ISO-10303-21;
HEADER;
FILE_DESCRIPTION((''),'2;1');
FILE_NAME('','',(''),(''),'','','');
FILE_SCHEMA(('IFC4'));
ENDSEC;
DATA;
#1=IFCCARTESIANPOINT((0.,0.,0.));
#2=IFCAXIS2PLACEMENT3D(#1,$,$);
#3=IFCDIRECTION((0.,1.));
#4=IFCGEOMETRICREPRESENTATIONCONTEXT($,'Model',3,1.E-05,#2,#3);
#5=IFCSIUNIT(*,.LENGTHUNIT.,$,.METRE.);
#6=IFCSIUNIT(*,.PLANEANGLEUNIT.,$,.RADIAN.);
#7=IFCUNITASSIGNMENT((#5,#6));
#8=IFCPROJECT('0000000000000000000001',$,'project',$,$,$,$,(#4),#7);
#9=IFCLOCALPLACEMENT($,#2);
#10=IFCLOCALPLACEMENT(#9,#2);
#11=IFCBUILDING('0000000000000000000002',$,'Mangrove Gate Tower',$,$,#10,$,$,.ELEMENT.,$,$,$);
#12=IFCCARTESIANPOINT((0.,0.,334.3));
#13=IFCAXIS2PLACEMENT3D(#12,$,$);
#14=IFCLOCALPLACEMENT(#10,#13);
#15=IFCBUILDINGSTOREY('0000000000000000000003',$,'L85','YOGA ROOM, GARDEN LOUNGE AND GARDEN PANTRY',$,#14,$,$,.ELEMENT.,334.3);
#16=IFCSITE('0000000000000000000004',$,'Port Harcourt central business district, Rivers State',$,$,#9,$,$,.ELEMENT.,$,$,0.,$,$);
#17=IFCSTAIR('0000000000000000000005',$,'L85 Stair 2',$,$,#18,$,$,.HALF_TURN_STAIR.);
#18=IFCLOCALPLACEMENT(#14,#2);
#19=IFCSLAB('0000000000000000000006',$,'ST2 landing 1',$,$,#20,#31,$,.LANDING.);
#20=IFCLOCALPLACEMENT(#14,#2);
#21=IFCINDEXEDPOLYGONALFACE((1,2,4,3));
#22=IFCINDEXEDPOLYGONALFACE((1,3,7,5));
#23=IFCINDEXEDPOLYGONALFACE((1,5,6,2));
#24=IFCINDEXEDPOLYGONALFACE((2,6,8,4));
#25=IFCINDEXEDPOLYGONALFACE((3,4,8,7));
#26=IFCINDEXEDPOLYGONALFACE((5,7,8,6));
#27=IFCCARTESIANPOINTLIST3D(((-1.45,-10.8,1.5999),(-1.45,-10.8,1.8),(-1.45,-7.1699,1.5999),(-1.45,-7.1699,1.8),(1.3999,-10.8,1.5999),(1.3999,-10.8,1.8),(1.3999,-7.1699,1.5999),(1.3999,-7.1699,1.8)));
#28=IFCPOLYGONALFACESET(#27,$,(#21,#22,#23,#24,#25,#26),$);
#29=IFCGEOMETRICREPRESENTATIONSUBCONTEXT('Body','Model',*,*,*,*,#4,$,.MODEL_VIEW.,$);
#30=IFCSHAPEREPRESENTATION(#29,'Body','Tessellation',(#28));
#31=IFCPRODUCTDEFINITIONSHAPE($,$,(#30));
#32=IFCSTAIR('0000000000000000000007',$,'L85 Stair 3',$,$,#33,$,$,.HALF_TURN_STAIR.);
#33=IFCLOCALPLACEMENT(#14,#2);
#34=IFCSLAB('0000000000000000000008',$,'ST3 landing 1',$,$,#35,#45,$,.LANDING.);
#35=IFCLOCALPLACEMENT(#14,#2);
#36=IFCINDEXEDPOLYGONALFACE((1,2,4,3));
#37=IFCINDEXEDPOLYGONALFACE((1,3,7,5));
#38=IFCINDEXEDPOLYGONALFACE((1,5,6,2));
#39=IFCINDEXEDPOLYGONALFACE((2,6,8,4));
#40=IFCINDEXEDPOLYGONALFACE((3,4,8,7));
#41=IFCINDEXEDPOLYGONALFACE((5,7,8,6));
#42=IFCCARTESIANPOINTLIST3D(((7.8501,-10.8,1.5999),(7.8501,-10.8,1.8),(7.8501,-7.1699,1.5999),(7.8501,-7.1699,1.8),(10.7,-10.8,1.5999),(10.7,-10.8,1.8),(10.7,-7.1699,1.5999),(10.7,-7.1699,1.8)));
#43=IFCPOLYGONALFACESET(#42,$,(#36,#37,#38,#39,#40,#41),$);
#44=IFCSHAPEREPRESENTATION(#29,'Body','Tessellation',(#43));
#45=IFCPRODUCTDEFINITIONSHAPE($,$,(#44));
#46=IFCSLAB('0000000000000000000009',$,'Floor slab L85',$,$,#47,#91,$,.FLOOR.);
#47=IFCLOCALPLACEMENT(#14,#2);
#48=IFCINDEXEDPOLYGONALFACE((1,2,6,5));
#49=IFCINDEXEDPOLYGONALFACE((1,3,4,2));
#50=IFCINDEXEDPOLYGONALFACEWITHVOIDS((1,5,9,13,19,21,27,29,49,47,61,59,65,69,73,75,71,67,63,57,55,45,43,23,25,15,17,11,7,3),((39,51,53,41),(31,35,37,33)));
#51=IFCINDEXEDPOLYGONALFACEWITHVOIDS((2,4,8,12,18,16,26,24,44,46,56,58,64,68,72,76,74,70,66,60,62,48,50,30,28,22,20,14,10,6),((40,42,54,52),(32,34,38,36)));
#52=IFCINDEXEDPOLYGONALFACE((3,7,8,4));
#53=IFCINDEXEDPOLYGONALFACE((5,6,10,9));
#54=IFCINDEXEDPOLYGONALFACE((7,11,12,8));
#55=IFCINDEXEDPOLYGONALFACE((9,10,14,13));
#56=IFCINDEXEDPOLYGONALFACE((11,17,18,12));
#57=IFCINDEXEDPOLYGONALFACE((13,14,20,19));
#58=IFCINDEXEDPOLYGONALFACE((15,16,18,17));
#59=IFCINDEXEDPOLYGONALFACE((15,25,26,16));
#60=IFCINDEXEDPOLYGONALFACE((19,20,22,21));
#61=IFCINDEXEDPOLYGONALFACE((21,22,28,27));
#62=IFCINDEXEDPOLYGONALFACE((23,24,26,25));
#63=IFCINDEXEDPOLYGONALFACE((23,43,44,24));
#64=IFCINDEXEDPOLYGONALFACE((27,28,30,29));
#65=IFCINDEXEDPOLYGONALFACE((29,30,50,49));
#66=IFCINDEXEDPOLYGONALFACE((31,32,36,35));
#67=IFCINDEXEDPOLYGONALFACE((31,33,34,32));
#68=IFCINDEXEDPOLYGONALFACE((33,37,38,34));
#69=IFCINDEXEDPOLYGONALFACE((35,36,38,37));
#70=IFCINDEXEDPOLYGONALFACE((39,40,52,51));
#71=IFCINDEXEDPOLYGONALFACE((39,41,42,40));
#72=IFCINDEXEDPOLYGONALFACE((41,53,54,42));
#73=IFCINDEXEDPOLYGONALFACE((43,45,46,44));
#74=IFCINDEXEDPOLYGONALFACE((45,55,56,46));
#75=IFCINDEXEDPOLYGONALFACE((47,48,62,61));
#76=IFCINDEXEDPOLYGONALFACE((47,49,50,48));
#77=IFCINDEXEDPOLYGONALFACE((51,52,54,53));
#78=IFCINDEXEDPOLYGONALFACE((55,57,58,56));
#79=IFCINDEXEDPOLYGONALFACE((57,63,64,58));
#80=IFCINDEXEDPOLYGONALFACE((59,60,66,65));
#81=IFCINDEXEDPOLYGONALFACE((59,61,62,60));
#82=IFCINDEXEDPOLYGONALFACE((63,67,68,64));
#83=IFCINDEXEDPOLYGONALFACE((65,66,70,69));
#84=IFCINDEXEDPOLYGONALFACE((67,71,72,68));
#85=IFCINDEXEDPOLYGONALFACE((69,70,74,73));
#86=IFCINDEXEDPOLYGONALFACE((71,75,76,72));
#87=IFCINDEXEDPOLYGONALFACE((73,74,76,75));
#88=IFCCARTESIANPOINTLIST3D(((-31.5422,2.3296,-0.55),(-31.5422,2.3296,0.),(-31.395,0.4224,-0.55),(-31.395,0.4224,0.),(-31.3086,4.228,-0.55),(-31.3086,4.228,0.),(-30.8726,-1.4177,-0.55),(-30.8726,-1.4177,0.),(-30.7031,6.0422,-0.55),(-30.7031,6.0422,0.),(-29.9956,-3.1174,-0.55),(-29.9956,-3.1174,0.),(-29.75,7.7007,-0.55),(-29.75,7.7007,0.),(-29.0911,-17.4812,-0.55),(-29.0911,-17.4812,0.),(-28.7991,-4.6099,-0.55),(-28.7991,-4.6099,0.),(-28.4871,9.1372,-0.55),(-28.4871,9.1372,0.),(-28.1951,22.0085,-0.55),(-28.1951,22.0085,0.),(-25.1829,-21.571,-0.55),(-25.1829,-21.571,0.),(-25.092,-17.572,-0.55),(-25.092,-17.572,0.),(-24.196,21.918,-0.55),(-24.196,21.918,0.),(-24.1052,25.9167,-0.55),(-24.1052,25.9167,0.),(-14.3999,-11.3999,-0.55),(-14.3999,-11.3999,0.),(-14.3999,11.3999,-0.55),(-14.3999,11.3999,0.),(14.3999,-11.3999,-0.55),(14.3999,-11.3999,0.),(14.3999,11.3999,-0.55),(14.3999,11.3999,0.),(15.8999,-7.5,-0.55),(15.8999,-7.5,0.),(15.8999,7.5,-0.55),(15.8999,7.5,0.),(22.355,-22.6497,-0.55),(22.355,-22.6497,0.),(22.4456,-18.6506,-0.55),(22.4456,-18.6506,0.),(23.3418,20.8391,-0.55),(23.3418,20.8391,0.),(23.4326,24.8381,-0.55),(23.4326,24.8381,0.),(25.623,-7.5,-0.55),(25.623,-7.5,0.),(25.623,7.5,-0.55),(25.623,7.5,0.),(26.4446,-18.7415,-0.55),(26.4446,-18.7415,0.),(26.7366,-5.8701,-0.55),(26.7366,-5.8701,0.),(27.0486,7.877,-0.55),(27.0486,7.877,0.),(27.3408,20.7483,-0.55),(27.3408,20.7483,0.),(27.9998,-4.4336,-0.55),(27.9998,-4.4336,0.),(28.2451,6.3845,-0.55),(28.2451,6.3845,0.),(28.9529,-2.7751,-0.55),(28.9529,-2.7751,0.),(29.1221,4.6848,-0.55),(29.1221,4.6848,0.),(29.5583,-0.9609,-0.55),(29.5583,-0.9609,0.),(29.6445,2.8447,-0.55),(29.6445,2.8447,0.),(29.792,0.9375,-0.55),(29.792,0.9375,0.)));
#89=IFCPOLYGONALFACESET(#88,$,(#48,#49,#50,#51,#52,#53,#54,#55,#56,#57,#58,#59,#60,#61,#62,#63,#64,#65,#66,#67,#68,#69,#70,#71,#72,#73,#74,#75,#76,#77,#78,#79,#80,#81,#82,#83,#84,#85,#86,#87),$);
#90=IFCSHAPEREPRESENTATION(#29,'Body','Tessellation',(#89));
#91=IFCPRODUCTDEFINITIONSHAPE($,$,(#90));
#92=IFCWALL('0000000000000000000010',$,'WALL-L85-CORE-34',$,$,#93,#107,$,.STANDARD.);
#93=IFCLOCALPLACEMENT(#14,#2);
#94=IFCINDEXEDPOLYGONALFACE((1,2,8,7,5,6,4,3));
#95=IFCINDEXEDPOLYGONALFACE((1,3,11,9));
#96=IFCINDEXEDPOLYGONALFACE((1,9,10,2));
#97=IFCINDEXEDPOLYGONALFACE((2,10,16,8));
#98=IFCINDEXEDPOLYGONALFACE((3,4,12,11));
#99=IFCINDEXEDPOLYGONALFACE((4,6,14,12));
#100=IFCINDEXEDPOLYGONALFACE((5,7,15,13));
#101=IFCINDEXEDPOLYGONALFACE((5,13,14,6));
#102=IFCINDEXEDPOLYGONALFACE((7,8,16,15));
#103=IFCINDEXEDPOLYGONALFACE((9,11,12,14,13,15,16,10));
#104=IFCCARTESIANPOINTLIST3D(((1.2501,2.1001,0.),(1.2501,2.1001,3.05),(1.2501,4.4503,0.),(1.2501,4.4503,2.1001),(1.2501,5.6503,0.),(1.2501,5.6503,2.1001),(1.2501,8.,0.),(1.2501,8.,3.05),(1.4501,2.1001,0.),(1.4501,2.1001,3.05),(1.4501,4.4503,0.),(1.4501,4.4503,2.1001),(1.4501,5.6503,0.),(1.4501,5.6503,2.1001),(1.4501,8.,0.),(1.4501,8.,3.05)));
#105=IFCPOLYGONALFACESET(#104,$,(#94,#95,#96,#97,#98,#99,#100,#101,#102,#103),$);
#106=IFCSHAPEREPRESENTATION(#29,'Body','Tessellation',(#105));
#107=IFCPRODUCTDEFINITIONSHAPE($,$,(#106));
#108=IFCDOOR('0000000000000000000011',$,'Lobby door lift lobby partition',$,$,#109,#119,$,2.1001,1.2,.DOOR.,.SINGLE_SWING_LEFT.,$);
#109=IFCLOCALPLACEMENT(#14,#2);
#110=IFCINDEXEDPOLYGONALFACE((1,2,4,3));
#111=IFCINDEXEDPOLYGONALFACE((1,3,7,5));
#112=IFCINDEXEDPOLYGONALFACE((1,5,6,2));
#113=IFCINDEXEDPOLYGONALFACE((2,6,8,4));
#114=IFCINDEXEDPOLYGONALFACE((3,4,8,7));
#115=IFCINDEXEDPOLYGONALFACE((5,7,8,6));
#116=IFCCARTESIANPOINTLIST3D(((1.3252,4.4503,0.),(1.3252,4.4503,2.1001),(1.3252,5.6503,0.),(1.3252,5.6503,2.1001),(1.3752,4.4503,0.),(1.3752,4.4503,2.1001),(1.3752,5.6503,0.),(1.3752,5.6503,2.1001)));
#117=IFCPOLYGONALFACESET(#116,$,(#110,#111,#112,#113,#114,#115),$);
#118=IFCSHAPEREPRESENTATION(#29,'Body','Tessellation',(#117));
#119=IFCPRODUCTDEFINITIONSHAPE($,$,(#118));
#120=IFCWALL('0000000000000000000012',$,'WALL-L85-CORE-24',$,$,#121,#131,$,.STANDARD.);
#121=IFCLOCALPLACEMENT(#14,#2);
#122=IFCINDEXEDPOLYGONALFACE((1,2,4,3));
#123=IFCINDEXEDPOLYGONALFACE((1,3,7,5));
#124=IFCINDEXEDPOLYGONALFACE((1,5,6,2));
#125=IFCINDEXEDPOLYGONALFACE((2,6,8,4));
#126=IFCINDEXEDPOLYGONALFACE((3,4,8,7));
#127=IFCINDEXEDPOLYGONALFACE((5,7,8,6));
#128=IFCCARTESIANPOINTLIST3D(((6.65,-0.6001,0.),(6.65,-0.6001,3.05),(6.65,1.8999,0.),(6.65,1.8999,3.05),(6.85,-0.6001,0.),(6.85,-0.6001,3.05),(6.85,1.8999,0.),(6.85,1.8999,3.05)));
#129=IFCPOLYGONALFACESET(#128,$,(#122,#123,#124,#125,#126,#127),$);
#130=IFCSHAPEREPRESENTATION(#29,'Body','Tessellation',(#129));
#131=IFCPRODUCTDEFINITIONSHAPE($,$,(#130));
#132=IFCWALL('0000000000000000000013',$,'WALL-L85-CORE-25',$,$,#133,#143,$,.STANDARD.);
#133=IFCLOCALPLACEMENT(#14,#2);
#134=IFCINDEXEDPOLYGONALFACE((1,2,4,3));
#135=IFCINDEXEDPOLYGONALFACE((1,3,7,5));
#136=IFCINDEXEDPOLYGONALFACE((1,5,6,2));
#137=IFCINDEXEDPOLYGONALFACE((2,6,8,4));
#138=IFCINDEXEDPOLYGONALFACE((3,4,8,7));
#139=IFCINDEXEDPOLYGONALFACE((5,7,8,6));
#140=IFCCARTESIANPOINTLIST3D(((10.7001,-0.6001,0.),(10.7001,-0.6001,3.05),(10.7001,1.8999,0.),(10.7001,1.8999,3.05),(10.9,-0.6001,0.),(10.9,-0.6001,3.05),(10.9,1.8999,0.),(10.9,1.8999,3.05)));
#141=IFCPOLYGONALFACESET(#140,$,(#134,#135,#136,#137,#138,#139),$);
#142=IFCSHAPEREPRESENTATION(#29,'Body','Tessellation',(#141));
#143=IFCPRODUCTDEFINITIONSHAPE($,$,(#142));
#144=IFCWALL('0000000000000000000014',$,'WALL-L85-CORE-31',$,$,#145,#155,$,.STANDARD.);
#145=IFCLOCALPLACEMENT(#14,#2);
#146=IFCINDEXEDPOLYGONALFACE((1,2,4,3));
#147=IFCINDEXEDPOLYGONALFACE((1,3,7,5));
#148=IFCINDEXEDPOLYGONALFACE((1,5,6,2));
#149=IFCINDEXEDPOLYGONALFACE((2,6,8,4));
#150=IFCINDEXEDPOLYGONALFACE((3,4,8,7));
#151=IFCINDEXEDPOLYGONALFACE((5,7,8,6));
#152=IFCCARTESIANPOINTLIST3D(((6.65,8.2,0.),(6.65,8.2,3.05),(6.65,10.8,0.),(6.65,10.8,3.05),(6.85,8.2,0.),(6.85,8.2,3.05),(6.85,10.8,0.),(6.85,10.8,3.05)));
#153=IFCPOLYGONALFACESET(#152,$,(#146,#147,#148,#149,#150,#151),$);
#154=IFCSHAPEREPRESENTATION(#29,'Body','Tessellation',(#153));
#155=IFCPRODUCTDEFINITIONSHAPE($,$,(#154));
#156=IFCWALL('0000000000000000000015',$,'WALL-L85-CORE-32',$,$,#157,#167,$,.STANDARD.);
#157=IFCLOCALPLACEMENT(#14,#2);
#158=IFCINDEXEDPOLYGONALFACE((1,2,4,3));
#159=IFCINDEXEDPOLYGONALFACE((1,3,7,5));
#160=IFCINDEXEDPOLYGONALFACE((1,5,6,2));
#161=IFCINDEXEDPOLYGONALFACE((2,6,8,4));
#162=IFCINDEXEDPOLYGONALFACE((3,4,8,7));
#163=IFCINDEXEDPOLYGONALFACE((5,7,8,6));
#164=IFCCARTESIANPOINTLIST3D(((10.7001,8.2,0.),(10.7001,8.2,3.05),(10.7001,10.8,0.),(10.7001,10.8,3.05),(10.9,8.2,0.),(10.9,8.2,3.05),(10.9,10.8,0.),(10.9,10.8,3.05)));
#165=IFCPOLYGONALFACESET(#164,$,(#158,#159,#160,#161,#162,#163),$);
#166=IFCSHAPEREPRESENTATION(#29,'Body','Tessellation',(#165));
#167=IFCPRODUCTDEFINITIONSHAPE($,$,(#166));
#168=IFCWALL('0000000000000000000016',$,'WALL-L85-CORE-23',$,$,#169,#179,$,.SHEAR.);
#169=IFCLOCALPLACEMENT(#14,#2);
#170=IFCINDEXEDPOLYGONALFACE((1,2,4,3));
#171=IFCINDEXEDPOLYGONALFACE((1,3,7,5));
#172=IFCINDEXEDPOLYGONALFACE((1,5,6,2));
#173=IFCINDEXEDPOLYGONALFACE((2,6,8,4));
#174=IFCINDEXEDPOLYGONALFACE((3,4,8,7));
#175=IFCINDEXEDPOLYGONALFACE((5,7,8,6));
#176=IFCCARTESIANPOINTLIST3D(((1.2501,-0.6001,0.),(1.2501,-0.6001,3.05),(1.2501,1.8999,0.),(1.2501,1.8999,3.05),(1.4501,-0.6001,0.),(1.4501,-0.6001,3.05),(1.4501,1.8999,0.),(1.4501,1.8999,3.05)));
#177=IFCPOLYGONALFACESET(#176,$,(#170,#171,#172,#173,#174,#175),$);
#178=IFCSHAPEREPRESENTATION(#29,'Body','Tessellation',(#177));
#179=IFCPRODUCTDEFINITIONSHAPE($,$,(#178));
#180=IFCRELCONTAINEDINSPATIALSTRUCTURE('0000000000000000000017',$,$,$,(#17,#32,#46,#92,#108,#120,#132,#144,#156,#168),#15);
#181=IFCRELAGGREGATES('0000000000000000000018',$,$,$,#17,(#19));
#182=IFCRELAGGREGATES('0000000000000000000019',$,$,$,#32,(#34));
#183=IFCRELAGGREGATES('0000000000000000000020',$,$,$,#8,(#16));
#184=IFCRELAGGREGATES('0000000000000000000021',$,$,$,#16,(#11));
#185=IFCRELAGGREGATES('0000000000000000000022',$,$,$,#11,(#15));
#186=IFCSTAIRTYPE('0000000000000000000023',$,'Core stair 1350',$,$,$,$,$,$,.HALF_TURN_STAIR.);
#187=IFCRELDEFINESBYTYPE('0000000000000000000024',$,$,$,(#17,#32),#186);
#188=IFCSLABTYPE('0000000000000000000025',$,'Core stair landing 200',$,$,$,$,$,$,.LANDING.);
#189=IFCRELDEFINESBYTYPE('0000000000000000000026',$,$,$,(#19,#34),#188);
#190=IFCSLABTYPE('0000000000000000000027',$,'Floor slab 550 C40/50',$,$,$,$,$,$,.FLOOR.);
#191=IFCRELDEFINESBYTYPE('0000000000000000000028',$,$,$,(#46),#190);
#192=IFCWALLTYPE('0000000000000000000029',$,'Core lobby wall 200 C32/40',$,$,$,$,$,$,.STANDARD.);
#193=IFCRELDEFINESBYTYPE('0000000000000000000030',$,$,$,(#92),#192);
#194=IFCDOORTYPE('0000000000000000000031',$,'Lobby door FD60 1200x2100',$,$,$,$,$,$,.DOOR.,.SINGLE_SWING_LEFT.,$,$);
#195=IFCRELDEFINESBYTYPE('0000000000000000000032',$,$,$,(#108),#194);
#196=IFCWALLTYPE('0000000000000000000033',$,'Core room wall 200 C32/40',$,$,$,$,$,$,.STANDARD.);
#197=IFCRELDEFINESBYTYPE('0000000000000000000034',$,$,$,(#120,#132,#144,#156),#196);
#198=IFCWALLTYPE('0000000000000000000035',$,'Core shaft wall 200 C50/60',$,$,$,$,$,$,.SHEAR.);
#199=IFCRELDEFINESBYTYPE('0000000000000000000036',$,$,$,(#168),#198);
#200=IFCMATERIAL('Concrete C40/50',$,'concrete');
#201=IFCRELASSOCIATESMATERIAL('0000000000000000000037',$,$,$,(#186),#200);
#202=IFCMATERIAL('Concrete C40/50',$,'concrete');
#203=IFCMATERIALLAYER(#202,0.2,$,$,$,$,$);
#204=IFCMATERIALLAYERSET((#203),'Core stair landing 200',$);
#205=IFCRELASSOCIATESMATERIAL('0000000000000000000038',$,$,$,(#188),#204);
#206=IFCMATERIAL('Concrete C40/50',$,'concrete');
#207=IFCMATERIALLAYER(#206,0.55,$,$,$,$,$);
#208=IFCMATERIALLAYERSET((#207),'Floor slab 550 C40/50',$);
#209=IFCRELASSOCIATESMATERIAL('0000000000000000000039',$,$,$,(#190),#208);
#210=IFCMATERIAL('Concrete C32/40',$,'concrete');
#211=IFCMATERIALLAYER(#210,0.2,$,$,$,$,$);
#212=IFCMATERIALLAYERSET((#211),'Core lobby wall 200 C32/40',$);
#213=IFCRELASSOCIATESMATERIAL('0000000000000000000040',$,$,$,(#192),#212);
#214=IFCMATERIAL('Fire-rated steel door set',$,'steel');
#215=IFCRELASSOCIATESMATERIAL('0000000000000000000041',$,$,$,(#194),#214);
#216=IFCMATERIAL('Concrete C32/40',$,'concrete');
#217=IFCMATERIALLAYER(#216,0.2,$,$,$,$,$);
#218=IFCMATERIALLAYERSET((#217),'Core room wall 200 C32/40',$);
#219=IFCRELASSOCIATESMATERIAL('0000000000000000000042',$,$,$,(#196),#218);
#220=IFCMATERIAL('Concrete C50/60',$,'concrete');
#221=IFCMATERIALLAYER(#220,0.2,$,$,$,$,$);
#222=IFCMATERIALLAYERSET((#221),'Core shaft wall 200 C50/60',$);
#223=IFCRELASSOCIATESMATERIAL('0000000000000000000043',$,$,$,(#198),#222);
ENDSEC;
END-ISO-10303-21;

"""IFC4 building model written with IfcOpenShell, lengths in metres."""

from ifc_helpers import new_model, si_unit, direction, frame, frame_2d, origin, place, context, subcontext, project, spatial, polyline, rectangle, outline, extrude, material, layer, layer_set, type_object, element, fill, aggregate, save


model = new_model("IFC4")

# Units and contexts
model_context = context("Model", 3, precision=1e-05, world=origin(), true_north=direction((0.0, 1.0)))
body_context = subcontext(model_context, "Body", "Model", "MODEL_VIEW")
ifc_project = project(units=[si_unit("LENGTHUNIT", "METRE"), si_unit("PLANEANGLEUNIT", "RADIAN")], contexts=[model_context])

# Site, building, storey
site_placement = place(None, origin())
site = spatial("IfcSite", under=ifc_project, at=site_placement, Name="Port Harcourt central business district, Rivers State", CompositionType="ELEMENT", RefElevation=0.0)
building_placement = place(site_placement, origin())
building = spatial("IfcBuilding", under=site, at=building_placement, Name="Mangrove Gate Tower", CompositionType="ELEMENT")
storey_placement = place(building_placement, frame((0.0, 0.0, 334.3)))
storey = spatial("IfcBuildingStorey", under=building, at=storey_placement, Name="L85", Description="YOGA ROOM, GARDEN LOUNGE AND GARDEN PANTRY", CompositionType="ELEMENT", Elevation=334.3)

# Stairs, slabs
ifc_material_1 = material(Name="Concrete C40/50", Category="concrete")
stair_type = type_object("IfcStairType", Name="Core stair 1350", PredefinedType="HALF_TURN_STAIR", material=ifc_material_1)
ifc_material_2 = material(Name="Concrete C40/50", Category="concrete")
ifc_layer_1 = layer(ifc_material_2, 0.2)
ifc_layer_set_1 = layer_set([ifc_layer_1], Name="Core stair landing 200")
slab_type_1 = type_object("IfcSlabType", Name="Core stair landing 200", PredefinedType="LANDING", material=ifc_layer_set_1)
stair_1_placement = place(storey_placement, origin())
stair_1 = element("IfcStair", 1, at=stair_1_placement, inside=storey, type_object=stair_type, Name="L85 Stair 2", PredefinedType="HALF_TURN_STAIR")
slab_1_placement = place(storey_placement, frame((0.0, 0.0, 1.5999)))
slab_1 = element("IfcSlab", 2, at=slab_1_placement, type_object=slab_type_1, Name="ST2 landing 1", PredefinedType="LANDING", context=body_context, shape_type="SweptSolid", body=[
    extrude(outline(polyline([(-1.45, -7.1699), (-1.45, -10.8), (1.3999, -10.8), (1.3999, -7.1699), (-1.45, -7.1699)])), origin(), (0.0, 0.0, 1.0), 0.2002),
])
aggregate(stair_1, [slab_1])
stair_2_placement = place(storey_placement, origin())
stair_2 = element("IfcStair", 3, at=stair_2_placement, inside=storey, type_object=stair_type, Name="L85 Stair 3", PredefinedType="HALF_TURN_STAIR")
slab_2_placement = place(storey_placement, frame((0.0, 0.0, 1.5999)))
slab_2 = element("IfcSlab", 4, at=slab_2_placement, type_object=slab_type_1, Name="ST3 landing 1", PredefinedType="LANDING", context=body_context, shape_type="SweptSolid", body=[
    extrude(outline(polyline([(7.8501, -7.1699), (7.8501, -10.8), (10.7, -10.8), (10.7, -7.1699), (7.8501, -7.1699)])), origin(), (0.0, 0.0, 1.0), 0.2002),
])
aggregate(stair_2, [slab_2])

# Slab
ifc_material_3 = material(Name="Concrete C40/50", Category="concrete")
ifc_layer_2 = layer(ifc_material_3, 0.55)
ifc_layer_set_2 = layer_set([ifc_layer_2], Name="Floor slab 550 C40/50")
slab_type_2 = type_object("IfcSlabType", Name="Floor slab 550 C40/50", PredefinedType="FLOOR", material=ifc_layer_set_2)
slab_3_placement = place(storey_placement, frame((0.0, 0.0, -0.55)))
element("IfcSlab", 5, at=slab_3_placement, inside=storey, type_object=slab_type_2, Name="Floor slab L85", PredefinedType="FLOOR", context=body_context, shape_type="SweptSolid", body=[
    extrude(outline(polyline([(-25.1829, -21.571), (22.355, -22.6497), (22.4456, -18.6506), (26.4446, -18.7415), (26.7366, -5.8701), (27.9998, -4.4336), (28.9529, -2.7751), (29.5583, -0.9609), (29.792, 0.9375), (29.6445, 2.8447), (29.1221, 4.6848), (28.2451, 6.3845), (27.0486, 7.877), (27.3408, 20.7483), (23.3418, 20.8391), (23.4326, 24.8381), (-24.1052, 25.9167), (-24.196, 21.918), (-28.1951, 22.0085), (-28.4871, 9.1372), (-29.75, 7.7007), (-30.7031, 6.0422), (-31.3086, 4.228), (-31.5422, 2.3296), (-31.395, 0.4224), (-30.8726, -1.4177), (-29.9956, -3.1174), (-28.7991, -4.6099), (-29.0911, -17.4812), (-25.092, -17.572), (-25.1829, -21.571)]), holes=[polyline([(15.8999, 7.5), (25.623, 7.5), (25.623, -7.5), (15.8999, -7.5), (15.8999, 7.5)]), polyline([(-14.3999, -11.3999), (-14.3999, 11.3999), (14.3999, 11.3999), (14.3999, -11.3999), (-14.3999, -11.3999)])]), origin(), (0.0, 0.0, 1.0), 0.55),
])

# Wall, opening, door
ifc_material_4 = material(Name="Concrete C32/40", Category="concrete")
ifc_layer_3 = layer(ifc_material_4, 0.2)
ifc_layer_set_3 = layer_set([ifc_layer_3], Name="Core lobby wall 200 C32/40")
wall_type_1 = type_object("IfcWallType", Name="Core lobby wall 200 C32/40", PredefinedType="STANDARD", material=ifc_layer_set_3)
wall_1_placement = place(storey_placement, frame((1.3501, 2.1001, 0.0), z_axis=(0.0, 0.0, 1.0), x_axis=(0.0, 1.0, 0.0)))
wall_1 = element("IfcWall", 6, at=wall_1_placement, inside=storey, type_object=wall_type_1, Name="WALL-L85-CORE-34", PredefinedType="STANDARD", context=body_context, shape_type="SweptSolid", body=[
    extrude(rectangle(XDim=5.8999, YDim=0.2, at=frame_2d((2.95, 0.0))), origin(), (0.0, 0.0, 1.0), 3.05),
])
opening_1_placement = place(wall_1_placement, frame((2.3501, 0.0, 0.0)))
opening_1 = element("IfcOpeningElement", 7, at=opening_1_placement, cuts=wall_1, PredefinedType="OPENING", context=body_context, shape_type="SweptSolid", body=[
    extrude(rectangle(XDim=1.2, YDim=2.1001, at=frame_2d((0.6001, 1.05))), frame((0.0, 0.1099, 0.0), z_axis=(0.0, -1.0, 0.0), x_axis=(1.0, 0.0, 0.0)), (0.0, 0.0, 1.0), 0.22),
])
ifc_material_5 = material(Name="Fire-rated steel door set", Category="steel")
door_type_1 = type_object("IfcDoorType", Name="Lobby door FD60 1200x2100", OperationType="SINGLE_SWING_LEFT", PredefinedType="DOOR", material=ifc_material_5)
door_1_placement = place(opening_1_placement, origin())
door_1 = element("IfcDoor", 8, at=door_1_placement, inside=storey, type_object=door_type_1, Name="Lobby door lift lobby partition", OperationType="SINGLE_SWING_LEFT", OverallHeight=2.1001, OverallWidth=1.2, PredefinedType="DOOR", context=body_context, shape_type="SweptSolid", body=[
    extrude(rectangle(XDim=1.2, YDim=2.1001, at=frame_2d((0.6001, 1.05))), frame((0.0, 0.0249, 0.0), z_axis=(0.0, -1.0, 0.0), x_axis=(1.0, 0.0, 0.0)), (0.0, 0.0, 1.0), 0.05),
])
fill(opening_1, door_1)

# Walls
ifc_material_6 = material(Name="Concrete C32/40", Category="concrete")
ifc_layer_4 = layer(ifc_material_6, 0.2)
ifc_layer_set_4 = layer_set([ifc_layer_4], Name="Core room wall 200 C32/40")
wall_type_2 = type_object("IfcWallType", Name="Core room wall 200 C32/40", PredefinedType="STANDARD", material=ifc_layer_set_4)
for number, where, z_axis, x_axis, name in (
    (9, (6.75, -0.6001, 0.0), (0.0, 0.0, 1.0), (0.0, 1.0, 0.0), "WALL-L85-CORE-24"),
    (10, (10.8, -0.6001, 0.0), (0.0, 0.0, 1.0), (0.0, 1.0, 0.0), "WALL-L85-CORE-25"),
):
    element("IfcWall", number, at=place(storey_placement, frame(where, z_axis=z_axis, x_axis=x_axis)), inside=storey, type_object=wall_type_2, Name=name, PredefinedType="STANDARD", context=body_context, shape_type="SweptSolid", body=[
        extrude(rectangle(XDim=2.5, YDim=0.2, at=frame_2d((1.25, 0.0))), origin(), (0.0, 0.0, 1.0), 3.05),
    ])
for number, where, z_axis, x_axis, name in (
    (11, (6.75, 8.2, 0.0), (0.0, 0.0, 1.0), (0.0, 1.0, 0.0), "WALL-L85-CORE-31"),
    (12, (10.8, 8.2, 0.0), (0.0, 0.0, 1.0), (0.0, 1.0, 0.0), "WALL-L85-CORE-32"),
):
    element("IfcWall", number, at=place(storey_placement, frame(where, z_axis=z_axis, x_axis=x_axis)), inside=storey, type_object=wall_type_2, Name=name, PredefinedType="STANDARD", context=body_context, shape_type="SweptSolid", body=[
        extrude(rectangle(XDim=2.6001, YDim=0.2, at=frame_2d((1.3, 0.0))), origin(), (0.0, 0.0, 1.0), 3.05),
    ])
ifc_material_7 = material(Name="Concrete C50/60", Category="concrete")
ifc_layer_5 = layer(ifc_material_7, 0.2)
ifc_layer_set_5 = layer_set([ifc_layer_5], Name="Core shaft wall 200 C50/60")
wall_type_3 = type_object("IfcWallType", Name="Core shaft wall 200 C50/60", PredefinedType="SHEAR", material=ifc_layer_set_5)
wall_2_placement = place(storey_placement, frame((1.3501, -0.6001, 0.0), z_axis=(0.0, 0.0, 1.0), x_axis=(0.0, 1.0, 0.0)))
element("IfcWall", 13, at=wall_2_placement, inside=storey, type_object=wall_type_3, Name="WALL-L85-CORE-23", PredefinedType="SHEAR", context=body_context, shape_type="SweptSolid", body=[
    extrude(rectangle(XDim=2.5, YDim=0.2, at=frame_2d((1.25, 0.0))), origin(), (0.0, 0.0, 1.0), 3.05),
])

save(model, "model.ifc")
